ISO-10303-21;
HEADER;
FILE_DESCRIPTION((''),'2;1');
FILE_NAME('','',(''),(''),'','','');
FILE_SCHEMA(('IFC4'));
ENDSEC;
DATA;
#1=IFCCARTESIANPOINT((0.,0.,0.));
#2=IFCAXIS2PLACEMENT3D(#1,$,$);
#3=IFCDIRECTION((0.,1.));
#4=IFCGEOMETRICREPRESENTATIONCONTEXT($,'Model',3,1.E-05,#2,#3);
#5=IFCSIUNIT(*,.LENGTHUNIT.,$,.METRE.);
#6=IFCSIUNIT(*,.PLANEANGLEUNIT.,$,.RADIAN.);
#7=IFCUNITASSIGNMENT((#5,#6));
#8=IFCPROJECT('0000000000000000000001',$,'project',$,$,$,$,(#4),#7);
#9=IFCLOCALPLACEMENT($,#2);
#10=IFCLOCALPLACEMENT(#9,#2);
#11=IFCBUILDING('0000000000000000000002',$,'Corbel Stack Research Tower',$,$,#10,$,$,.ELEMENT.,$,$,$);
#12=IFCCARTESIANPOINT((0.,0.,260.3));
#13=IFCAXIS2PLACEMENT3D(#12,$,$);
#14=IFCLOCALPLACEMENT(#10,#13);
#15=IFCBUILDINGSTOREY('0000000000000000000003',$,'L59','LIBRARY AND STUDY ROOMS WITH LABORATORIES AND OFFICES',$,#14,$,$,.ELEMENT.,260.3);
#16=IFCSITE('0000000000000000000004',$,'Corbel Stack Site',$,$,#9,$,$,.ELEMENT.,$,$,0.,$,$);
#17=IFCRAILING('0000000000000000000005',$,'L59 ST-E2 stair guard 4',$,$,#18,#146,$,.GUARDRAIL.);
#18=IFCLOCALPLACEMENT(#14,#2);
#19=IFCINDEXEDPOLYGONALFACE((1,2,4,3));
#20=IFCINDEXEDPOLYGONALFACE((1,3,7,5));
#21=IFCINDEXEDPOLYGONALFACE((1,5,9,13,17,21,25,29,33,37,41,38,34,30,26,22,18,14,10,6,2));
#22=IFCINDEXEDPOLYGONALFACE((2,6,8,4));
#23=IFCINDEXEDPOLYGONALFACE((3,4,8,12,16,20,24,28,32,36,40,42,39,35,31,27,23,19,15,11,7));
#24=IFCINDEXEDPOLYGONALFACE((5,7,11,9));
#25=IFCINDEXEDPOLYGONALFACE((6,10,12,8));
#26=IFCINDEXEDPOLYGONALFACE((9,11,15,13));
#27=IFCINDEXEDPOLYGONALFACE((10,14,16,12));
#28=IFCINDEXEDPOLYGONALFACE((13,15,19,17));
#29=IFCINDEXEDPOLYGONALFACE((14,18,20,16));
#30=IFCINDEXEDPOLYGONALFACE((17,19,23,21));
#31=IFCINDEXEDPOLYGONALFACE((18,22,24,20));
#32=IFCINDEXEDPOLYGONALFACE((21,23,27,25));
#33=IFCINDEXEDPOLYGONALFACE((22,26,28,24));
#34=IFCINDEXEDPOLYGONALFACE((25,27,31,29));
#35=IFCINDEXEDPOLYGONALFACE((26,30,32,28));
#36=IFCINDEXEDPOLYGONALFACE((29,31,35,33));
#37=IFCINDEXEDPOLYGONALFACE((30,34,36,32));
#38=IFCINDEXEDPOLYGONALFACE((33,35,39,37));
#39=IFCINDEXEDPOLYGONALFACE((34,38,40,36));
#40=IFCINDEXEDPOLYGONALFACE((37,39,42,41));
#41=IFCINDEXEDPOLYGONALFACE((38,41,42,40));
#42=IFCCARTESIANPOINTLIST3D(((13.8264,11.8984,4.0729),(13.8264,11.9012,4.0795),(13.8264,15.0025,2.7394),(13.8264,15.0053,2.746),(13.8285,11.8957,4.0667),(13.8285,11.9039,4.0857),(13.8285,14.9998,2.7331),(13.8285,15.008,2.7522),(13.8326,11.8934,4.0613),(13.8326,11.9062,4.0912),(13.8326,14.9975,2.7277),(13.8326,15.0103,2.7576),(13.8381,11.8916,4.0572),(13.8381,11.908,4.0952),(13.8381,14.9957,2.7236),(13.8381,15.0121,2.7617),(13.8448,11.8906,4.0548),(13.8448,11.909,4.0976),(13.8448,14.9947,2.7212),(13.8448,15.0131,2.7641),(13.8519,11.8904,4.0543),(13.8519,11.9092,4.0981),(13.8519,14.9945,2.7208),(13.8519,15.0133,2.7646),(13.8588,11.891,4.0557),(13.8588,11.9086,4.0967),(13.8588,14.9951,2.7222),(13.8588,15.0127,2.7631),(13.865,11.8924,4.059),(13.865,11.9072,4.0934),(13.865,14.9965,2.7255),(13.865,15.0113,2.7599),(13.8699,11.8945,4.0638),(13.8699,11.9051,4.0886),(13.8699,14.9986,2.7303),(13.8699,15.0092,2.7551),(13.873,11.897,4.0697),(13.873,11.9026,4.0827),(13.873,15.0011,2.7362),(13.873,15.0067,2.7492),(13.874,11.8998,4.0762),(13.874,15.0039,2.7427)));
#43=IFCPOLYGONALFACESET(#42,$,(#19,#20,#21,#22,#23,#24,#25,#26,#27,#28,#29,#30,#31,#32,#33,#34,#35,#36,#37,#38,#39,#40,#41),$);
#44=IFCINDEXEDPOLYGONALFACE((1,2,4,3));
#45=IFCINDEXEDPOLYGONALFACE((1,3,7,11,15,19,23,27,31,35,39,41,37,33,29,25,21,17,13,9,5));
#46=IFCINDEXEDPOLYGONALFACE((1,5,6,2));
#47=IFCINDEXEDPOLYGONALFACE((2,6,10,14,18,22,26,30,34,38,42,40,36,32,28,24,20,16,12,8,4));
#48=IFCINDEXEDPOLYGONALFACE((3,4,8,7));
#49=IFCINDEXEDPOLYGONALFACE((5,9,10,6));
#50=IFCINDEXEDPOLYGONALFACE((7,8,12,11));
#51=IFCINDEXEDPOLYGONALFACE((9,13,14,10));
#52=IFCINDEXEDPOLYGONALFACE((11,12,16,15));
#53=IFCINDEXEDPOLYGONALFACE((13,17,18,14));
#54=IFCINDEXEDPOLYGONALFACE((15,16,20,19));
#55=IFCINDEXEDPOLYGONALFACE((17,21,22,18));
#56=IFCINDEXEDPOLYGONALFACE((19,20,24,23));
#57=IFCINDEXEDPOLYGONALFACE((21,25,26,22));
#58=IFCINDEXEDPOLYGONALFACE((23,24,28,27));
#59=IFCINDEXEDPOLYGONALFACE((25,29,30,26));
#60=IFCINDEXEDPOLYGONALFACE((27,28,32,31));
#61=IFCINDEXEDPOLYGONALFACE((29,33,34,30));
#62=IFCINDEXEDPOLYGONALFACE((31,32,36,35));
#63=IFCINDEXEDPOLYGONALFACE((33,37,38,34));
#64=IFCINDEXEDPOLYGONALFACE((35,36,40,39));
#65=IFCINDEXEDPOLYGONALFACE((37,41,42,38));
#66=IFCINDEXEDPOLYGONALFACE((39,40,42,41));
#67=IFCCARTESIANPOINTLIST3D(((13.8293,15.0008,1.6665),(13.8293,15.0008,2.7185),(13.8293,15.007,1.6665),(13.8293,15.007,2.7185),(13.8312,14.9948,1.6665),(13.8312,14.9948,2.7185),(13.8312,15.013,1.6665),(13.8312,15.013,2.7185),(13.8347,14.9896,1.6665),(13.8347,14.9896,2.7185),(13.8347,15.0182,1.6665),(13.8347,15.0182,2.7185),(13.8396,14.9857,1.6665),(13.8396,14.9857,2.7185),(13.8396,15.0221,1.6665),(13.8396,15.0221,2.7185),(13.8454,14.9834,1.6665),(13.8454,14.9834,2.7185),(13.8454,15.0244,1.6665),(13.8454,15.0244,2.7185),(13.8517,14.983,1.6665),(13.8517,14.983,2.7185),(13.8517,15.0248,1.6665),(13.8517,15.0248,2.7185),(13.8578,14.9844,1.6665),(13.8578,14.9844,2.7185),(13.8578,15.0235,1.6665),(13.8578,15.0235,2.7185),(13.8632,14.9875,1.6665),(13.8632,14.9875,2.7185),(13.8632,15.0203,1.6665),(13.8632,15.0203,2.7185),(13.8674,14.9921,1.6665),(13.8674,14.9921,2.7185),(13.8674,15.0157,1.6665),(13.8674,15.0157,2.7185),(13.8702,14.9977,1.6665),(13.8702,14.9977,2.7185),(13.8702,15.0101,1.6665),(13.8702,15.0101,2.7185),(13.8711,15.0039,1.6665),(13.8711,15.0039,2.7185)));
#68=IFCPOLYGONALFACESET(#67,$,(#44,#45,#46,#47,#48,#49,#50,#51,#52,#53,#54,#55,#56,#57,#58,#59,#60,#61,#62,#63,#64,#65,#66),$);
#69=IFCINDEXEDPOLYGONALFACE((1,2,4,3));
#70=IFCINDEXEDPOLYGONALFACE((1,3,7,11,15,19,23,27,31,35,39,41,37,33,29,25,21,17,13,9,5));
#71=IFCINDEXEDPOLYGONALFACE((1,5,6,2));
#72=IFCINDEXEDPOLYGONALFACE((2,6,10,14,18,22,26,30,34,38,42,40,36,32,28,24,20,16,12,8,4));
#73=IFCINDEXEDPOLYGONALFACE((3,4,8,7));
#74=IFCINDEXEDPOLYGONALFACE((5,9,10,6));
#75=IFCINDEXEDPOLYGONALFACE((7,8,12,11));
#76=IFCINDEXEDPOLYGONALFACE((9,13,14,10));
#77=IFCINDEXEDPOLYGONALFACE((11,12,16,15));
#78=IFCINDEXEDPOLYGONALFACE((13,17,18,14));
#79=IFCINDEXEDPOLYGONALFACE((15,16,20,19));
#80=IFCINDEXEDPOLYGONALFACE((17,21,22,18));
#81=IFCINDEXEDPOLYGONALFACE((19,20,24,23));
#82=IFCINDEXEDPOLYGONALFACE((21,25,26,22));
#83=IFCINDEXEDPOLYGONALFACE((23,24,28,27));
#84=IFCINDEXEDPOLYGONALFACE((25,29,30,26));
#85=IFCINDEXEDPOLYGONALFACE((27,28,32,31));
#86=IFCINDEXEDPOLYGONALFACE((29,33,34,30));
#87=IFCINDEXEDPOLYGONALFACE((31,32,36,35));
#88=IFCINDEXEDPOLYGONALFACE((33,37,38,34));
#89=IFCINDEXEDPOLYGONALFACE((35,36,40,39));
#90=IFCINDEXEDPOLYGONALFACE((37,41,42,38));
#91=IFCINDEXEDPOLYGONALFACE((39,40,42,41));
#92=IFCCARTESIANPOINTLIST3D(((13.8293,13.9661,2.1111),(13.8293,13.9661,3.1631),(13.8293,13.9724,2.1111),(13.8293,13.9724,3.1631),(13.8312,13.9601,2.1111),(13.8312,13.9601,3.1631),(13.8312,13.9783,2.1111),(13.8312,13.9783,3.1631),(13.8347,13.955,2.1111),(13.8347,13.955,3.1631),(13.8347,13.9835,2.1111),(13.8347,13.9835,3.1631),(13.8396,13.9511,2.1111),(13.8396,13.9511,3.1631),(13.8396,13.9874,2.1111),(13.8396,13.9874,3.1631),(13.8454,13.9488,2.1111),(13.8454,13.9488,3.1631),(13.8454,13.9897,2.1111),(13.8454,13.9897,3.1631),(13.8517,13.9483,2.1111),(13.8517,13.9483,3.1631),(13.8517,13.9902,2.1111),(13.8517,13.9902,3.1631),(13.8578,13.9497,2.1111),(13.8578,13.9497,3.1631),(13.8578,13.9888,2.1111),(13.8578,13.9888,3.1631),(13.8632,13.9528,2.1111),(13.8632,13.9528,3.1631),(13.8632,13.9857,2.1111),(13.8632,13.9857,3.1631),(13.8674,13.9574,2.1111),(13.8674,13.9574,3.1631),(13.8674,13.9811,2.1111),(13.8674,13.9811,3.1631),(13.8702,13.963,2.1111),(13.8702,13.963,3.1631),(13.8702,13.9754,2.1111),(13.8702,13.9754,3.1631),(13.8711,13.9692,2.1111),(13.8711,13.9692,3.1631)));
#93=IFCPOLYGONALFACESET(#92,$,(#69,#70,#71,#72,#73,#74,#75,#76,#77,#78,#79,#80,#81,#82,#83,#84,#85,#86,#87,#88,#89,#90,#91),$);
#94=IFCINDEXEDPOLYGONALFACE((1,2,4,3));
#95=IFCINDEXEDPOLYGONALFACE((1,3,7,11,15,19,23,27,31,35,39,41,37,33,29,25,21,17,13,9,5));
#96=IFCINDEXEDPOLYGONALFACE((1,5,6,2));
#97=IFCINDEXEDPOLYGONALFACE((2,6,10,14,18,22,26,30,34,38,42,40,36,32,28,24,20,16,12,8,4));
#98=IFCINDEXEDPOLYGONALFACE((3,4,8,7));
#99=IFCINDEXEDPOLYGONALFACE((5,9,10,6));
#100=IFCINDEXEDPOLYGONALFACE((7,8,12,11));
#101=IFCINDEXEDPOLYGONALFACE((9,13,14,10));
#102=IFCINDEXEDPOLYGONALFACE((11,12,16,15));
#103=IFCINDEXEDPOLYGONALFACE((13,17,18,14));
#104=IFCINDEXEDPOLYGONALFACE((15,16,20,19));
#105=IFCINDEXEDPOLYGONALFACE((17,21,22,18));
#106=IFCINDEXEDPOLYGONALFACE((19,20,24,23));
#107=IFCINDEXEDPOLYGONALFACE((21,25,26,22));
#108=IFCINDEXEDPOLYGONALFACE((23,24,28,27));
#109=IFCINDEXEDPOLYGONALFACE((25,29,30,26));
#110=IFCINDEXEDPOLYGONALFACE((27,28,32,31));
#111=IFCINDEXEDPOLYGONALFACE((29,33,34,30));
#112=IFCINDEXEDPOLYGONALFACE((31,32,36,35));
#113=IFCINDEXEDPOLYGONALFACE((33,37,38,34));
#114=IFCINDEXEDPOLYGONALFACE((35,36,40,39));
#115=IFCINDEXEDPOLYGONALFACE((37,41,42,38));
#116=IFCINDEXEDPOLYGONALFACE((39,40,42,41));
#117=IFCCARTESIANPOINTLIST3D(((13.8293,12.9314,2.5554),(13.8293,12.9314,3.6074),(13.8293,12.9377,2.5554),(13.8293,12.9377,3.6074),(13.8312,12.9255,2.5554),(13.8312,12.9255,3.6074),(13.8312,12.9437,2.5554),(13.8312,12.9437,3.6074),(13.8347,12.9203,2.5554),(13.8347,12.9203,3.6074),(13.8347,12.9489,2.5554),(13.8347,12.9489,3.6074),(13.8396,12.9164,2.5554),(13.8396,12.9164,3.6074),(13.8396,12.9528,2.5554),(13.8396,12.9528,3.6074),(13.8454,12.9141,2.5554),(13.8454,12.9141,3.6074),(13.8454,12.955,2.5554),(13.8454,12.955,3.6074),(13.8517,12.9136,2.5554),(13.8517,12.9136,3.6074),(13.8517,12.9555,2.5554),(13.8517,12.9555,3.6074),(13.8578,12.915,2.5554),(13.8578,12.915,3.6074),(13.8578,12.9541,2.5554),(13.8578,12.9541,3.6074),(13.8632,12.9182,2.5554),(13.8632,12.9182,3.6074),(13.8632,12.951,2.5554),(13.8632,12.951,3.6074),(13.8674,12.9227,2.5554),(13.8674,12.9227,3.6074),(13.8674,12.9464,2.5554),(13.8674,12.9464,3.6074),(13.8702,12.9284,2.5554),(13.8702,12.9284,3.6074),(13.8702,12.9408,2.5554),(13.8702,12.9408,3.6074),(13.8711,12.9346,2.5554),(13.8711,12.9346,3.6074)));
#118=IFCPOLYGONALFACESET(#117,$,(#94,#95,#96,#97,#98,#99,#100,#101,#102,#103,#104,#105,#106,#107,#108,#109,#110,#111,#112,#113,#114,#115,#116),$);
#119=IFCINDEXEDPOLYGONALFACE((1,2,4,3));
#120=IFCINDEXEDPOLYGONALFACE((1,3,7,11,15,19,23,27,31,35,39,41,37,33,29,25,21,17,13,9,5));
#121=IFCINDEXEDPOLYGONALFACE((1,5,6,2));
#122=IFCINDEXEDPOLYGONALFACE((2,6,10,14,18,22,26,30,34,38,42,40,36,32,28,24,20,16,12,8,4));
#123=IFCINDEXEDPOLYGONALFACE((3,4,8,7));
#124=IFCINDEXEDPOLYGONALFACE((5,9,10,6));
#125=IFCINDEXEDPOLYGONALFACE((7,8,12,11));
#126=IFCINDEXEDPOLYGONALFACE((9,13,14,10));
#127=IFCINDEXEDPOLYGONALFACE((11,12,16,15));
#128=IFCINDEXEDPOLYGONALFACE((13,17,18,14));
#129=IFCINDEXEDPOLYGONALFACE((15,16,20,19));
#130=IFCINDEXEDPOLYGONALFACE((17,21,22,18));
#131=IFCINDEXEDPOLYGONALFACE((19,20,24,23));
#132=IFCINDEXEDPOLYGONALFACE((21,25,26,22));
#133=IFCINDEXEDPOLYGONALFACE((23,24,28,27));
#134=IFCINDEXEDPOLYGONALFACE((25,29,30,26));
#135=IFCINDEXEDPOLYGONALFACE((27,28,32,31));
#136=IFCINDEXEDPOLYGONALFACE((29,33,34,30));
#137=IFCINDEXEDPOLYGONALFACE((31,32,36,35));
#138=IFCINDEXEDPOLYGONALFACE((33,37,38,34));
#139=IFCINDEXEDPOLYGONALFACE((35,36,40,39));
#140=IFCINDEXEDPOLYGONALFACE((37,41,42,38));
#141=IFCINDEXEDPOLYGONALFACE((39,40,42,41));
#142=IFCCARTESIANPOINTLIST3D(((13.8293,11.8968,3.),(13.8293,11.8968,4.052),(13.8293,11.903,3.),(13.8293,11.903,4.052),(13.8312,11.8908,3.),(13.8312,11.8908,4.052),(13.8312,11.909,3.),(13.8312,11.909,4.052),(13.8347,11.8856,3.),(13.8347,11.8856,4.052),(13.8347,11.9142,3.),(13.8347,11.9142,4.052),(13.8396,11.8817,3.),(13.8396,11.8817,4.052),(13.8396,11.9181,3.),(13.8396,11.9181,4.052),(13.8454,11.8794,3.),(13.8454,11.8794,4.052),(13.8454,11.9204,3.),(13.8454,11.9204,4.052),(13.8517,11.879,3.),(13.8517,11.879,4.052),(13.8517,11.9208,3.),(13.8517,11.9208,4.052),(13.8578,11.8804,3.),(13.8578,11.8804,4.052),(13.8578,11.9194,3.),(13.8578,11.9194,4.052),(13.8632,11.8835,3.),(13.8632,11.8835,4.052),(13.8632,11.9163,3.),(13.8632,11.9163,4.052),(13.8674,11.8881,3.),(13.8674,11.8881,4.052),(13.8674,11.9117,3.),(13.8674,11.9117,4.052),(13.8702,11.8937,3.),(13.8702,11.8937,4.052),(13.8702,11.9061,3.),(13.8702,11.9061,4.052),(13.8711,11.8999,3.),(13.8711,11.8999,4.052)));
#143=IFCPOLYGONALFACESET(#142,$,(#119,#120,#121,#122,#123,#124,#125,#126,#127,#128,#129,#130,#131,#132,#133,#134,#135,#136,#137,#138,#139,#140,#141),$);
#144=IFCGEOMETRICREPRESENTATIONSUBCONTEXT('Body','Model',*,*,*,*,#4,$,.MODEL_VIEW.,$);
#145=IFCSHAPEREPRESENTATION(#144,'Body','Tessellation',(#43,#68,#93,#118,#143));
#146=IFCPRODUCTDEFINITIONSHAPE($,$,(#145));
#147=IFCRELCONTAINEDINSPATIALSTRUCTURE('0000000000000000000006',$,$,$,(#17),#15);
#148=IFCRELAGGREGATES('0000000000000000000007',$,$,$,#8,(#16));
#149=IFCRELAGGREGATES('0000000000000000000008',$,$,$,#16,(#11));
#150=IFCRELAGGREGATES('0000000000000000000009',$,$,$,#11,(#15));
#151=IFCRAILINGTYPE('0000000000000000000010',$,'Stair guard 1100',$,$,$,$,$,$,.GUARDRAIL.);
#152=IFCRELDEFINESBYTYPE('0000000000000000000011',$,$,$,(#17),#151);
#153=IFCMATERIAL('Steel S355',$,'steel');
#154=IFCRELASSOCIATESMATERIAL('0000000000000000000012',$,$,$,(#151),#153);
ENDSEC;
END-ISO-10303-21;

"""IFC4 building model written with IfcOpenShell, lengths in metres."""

from ifc_helpers import new_model, si_unit, direction, frame, origin, origin_2d, place, context, subcontext, project, spatial, circle, extrude, material, type_object, element, save


model = new_model("IFC4")

# Units and contexts
model_context = context("Model", 3, precision=1e-05, world=origin(), true_north=direction((0.0, 1.0)))
body_context = subcontext(model_context, "Body", "Model", "MODEL_VIEW")
ifc_project = project(units=[si_unit("LENGTHUNIT", "METRE"), si_unit("PLANEANGLEUNIT", "RADIAN")], contexts=[model_context])

# Site, building, storey
site_placement = place(None, origin())
site = spatial("IfcSite", under=ifc_project, at=site_placement, Name="Corbel Stack Site", CompositionType="ELEMENT", RefElevation=0.0)
building_placement = place(site_placement, origin())
building = spatial("IfcBuilding", under=site, at=building_placement, Name="Corbel Stack Research Tower", CompositionType="ELEMENT")
storey_placement = place(building_placement, frame((0.0, 0.0, 260.3)))
storey = spatial("IfcBuildingStorey", under=building, at=storey_placement, Name="L59", Description="LIBRARY AND STUDY ROOMS WITH LABORATORIES AND OFFICES", CompositionType="ELEMENT", Elevation=260.3)

# Railing
ifc_material_1 = material(Name="Steel S355", Category="steel")
railing_type_1 = type_object("IfcRailingType", Name="Stair guard 1100", PredefinedType="GUARDRAIL", material=ifc_material_1)
railing_1_placement = place(storey_placement, frame((13.8501, 15.0039, 1.6665)))
element("IfcRailing", 1, at=railing_1_placement, inside=storey, type_object=railing_type_1, Name="L59 ST-E2 stair guard 4", PredefinedType="GUARDRAIL", context=body_context, shape_type="SweptSolid", body=[
    extrude(circle(Radius=0.0239, at=origin_2d()), frame((0.0, 0.0, 1.0762), z_axis=(0.0, -0.918801, 0.394722), x_axis=(1.0, 0.0, 0.0)), (0.0, 0.0, 1.0), 3.3784),
    extrude(circle(Radius=0.021, at=origin_2d()), origin(), (0.0, 0.0, 1.0), 1.052),
    extrude(circle(Radius=0.021, at=origin_2d()), frame((0.0, -1.0347, 0.4446)), (0.0, 0.0, 1.0), 1.052),
    extrude(circle(Radius=0.021, at=origin_2d()), frame((0.0, -2.0693, 0.8889)), (0.0, 0.0, 1.0), 1.052),
    extrude(circle(Radius=0.021, at=origin_2d()), frame((0.0, -3.104, 1.3335)), (0.0, 0.0, 1.0), 1.052),
])

save(model, "model.ifc")
